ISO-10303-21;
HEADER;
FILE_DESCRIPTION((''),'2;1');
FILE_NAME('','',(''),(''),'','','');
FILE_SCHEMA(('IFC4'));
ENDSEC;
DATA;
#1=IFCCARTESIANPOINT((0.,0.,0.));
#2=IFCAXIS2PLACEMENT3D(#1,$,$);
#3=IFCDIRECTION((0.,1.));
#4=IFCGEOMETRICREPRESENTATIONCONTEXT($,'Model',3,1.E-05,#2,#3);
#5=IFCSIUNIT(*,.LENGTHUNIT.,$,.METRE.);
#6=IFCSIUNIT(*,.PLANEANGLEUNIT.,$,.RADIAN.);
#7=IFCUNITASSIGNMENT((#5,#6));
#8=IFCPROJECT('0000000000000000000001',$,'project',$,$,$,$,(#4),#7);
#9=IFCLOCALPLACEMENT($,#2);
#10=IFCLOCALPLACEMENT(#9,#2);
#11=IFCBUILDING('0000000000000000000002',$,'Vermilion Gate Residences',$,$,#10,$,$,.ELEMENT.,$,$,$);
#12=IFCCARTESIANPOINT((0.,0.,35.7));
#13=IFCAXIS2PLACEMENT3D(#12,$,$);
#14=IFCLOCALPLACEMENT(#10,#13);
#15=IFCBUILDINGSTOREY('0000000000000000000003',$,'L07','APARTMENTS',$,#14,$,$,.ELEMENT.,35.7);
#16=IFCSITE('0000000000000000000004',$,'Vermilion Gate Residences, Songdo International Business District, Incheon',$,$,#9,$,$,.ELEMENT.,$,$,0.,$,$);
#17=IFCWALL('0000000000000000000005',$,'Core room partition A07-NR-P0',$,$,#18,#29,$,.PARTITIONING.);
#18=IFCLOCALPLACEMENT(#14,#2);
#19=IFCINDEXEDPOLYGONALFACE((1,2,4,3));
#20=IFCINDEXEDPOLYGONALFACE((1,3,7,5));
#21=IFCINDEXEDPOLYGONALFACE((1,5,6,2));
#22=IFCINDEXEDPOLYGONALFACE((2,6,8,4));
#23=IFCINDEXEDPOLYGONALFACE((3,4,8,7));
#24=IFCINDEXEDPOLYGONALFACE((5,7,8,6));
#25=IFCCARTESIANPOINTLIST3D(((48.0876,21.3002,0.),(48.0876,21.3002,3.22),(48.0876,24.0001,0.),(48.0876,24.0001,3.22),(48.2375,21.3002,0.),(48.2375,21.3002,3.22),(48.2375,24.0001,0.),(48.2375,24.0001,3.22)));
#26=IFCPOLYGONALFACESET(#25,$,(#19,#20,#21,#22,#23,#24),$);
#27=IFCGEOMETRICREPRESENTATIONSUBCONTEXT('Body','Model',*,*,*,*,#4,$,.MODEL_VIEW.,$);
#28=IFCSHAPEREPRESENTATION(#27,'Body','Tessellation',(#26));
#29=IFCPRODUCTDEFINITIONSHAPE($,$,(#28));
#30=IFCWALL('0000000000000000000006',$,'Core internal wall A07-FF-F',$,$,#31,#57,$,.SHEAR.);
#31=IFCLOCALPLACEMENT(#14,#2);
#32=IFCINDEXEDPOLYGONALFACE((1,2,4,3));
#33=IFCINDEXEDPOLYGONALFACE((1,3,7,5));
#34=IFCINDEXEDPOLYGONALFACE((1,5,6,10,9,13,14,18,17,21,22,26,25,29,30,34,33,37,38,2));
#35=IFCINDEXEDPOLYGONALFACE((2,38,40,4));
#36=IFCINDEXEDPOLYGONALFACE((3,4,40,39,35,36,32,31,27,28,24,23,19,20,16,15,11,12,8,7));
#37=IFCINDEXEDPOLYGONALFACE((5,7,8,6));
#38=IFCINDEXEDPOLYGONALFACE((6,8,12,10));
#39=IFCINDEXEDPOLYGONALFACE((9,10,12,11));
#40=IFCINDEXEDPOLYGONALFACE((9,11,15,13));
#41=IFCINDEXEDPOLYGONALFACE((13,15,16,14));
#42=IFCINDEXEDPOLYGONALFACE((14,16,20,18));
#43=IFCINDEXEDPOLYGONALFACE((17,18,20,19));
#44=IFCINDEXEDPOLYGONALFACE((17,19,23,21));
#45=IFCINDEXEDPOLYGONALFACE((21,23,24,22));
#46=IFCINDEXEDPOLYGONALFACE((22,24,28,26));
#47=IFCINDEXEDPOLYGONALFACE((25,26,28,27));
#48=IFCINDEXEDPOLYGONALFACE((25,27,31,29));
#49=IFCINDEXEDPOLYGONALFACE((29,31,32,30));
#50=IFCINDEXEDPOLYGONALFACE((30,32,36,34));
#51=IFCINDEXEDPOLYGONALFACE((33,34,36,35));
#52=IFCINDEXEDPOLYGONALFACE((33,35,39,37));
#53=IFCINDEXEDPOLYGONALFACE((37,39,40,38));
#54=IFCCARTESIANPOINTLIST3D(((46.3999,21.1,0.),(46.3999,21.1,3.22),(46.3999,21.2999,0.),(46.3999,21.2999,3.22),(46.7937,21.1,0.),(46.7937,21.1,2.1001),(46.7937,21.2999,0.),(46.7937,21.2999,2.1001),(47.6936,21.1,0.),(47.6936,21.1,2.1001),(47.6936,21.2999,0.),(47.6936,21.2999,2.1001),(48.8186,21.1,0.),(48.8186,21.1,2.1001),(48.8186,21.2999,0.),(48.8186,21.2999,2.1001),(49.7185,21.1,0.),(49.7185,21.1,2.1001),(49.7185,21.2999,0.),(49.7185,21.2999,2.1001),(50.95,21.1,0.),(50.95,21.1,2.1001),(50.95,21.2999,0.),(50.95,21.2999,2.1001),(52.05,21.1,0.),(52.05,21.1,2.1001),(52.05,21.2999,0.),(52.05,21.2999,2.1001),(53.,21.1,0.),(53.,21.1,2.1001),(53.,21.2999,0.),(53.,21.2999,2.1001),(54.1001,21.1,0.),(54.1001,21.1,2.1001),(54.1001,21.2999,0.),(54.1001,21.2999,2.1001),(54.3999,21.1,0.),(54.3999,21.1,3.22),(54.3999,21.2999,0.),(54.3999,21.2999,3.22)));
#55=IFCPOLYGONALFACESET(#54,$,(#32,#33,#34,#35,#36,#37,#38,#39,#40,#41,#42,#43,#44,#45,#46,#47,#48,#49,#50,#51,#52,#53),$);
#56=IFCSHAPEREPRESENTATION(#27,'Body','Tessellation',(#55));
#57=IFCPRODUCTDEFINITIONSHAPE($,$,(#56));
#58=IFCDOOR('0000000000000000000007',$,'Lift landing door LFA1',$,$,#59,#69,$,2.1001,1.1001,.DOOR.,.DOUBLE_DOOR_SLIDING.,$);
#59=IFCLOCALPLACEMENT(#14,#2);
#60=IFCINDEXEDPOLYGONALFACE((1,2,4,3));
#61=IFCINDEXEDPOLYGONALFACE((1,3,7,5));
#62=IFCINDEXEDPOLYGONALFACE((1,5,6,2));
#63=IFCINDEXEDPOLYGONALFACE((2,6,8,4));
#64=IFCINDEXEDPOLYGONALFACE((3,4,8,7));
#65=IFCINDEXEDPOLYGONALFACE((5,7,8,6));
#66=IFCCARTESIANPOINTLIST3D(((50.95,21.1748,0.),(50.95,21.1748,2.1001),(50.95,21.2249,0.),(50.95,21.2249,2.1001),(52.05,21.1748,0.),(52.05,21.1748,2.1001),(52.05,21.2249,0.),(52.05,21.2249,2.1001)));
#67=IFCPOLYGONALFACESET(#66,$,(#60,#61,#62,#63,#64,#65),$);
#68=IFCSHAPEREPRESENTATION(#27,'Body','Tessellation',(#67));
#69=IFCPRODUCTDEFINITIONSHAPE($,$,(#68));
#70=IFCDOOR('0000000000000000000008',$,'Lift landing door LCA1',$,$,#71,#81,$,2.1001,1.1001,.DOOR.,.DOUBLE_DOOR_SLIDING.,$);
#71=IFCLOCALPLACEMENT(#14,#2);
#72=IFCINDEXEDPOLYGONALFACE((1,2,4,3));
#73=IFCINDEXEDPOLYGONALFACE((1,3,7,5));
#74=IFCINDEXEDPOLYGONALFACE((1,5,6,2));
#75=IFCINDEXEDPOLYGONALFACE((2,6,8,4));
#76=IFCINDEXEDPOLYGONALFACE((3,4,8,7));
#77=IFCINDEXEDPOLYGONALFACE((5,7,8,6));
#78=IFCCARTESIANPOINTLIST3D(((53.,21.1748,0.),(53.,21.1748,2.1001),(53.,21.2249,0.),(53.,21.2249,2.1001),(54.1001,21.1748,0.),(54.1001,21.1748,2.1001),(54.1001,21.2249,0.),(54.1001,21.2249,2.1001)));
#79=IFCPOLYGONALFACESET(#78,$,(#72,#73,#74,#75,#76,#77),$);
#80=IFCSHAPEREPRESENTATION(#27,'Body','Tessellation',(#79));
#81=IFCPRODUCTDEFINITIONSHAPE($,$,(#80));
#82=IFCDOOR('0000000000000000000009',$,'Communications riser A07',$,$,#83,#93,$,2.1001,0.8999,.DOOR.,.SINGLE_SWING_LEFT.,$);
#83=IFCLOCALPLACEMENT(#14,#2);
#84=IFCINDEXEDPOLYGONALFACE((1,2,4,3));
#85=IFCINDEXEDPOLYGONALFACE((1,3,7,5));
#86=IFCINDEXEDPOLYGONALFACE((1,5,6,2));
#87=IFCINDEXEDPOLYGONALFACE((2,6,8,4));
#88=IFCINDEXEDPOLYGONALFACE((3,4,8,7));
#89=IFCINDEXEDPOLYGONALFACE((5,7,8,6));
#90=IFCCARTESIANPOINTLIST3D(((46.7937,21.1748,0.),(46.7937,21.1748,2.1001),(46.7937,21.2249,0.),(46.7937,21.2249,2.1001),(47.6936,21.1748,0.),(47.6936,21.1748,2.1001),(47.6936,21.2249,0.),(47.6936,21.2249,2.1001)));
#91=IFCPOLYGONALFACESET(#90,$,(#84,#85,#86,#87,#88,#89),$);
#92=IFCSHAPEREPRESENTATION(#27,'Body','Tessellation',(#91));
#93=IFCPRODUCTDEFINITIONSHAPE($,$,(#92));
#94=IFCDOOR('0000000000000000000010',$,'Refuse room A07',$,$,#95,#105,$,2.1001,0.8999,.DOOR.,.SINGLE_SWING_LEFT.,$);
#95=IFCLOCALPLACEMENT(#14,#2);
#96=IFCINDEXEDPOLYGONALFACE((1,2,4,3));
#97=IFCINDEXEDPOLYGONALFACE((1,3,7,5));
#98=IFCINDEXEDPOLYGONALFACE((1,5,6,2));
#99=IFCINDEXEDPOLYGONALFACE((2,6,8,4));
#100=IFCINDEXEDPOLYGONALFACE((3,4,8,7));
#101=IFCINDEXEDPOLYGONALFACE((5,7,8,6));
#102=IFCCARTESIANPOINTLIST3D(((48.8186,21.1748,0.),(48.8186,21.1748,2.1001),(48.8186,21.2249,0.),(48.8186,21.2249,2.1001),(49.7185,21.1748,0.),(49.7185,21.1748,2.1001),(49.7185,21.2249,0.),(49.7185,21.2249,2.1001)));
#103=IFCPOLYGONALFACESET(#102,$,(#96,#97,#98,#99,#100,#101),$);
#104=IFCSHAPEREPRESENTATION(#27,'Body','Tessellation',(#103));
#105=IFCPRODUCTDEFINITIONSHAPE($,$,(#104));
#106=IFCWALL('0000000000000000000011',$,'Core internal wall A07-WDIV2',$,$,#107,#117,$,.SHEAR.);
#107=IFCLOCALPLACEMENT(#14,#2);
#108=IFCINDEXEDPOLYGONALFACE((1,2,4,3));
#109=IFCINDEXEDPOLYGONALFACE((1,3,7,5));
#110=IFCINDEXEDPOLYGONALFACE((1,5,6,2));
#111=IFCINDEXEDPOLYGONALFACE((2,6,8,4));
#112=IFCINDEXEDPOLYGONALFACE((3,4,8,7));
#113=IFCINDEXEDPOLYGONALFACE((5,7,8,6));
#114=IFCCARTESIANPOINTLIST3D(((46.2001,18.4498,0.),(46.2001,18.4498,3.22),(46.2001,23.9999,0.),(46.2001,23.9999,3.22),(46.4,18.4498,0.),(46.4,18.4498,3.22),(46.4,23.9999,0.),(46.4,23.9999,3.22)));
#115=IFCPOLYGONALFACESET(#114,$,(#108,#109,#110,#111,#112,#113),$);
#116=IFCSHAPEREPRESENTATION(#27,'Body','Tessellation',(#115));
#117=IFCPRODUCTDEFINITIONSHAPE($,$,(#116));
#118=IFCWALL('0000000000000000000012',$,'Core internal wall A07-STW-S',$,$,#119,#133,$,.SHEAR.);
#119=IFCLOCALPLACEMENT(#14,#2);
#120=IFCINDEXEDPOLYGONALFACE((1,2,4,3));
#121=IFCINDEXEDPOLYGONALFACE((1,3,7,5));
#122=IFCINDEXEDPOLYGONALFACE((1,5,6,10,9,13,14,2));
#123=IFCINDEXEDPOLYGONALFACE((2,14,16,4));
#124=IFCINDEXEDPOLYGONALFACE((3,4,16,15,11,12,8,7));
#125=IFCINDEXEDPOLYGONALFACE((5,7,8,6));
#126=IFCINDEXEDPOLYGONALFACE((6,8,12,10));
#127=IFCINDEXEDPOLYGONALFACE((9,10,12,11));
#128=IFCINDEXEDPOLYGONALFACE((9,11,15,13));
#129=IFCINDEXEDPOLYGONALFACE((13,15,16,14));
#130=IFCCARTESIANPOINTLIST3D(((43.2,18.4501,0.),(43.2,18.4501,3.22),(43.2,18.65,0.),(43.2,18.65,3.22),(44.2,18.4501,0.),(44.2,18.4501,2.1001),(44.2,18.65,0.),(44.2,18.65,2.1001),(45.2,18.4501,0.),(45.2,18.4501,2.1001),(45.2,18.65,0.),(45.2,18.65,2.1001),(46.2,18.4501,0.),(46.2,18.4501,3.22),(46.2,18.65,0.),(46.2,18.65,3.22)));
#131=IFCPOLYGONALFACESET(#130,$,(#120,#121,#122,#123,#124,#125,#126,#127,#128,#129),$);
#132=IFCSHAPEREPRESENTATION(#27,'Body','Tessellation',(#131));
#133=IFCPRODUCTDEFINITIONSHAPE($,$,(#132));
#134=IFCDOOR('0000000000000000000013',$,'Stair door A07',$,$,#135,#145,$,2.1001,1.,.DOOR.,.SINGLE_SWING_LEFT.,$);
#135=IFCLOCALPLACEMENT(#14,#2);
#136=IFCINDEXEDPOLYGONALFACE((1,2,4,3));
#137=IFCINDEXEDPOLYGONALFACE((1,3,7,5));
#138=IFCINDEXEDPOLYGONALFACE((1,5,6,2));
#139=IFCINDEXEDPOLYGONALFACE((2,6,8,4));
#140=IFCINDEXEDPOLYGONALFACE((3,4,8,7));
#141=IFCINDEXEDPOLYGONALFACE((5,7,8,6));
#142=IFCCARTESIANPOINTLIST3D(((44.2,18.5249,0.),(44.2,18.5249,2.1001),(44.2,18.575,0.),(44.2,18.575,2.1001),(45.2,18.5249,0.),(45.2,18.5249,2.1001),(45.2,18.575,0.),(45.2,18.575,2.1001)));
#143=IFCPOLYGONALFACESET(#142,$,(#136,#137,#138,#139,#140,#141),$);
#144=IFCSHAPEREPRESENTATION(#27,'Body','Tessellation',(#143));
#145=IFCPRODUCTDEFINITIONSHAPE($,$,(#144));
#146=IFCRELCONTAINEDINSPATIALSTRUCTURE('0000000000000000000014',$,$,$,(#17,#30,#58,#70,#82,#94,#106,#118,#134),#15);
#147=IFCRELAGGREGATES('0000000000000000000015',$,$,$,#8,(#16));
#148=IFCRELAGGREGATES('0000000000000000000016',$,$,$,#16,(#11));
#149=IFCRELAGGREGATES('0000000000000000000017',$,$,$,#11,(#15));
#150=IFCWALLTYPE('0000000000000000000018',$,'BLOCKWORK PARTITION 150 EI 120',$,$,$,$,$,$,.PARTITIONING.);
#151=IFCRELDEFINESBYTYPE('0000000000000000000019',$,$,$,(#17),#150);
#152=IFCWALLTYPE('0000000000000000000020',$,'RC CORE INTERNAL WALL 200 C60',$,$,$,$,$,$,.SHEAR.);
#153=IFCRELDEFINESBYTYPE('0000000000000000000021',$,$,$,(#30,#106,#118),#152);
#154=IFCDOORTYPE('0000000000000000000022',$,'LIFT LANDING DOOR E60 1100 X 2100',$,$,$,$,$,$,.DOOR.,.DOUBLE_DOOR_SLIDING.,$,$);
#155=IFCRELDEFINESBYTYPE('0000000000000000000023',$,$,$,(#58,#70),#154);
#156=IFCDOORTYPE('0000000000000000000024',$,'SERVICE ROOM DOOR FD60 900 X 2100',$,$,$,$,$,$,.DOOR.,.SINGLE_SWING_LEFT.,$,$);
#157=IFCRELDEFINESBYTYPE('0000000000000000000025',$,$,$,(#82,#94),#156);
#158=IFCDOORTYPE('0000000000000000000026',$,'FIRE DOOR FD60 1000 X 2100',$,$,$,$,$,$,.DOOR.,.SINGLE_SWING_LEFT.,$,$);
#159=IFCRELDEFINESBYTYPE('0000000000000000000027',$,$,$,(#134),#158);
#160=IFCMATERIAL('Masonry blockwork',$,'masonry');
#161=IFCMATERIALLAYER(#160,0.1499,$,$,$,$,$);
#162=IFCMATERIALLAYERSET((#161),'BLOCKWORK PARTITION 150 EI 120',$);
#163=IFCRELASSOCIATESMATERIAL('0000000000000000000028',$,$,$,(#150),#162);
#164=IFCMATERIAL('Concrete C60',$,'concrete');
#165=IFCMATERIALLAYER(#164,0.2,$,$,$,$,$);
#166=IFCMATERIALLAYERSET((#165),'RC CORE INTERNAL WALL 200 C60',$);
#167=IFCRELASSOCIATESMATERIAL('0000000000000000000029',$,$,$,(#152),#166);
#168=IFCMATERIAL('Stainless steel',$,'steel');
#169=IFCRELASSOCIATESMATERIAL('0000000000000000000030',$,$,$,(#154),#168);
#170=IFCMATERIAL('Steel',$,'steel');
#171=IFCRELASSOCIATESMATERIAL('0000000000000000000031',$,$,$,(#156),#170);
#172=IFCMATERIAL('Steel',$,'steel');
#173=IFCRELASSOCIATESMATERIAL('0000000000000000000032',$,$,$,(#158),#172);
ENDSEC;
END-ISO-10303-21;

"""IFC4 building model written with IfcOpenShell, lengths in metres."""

from ifc_helpers import new_model, si_unit, direction, frame, frame_2d, origin, place, context, subcontext, project, spatial, rectangle, extrude, material, layer, layer_set, type_object, element, fill, save


model = new_model("IFC4")

# Units and contexts
model_context = context("Model", 3, precision=1e-05, world=origin(), true_north=direction((0.0, 1.0)))
body_context = subcontext(model_context, "Body", "Model", "MODEL_VIEW")
ifc_project = project(units=[si_unit("LENGTHUNIT", "METRE"), si_unit("PLANEANGLEUNIT", "RADIAN")], contexts=[model_context])

# Site, building, storey
site_placement = place(None, origin())
site = spatial("IfcSite", under=ifc_project, at=site_placement, Name="Vermilion Gate Residences, Songdo International Business District, Incheon", CompositionType="ELEMENT", RefElevation=0.0)
building_placement = place(site_placement, origin())
building = spatial("IfcBuilding", under=site, at=building_placement, Name="Vermilion Gate Residences", CompositionType="ELEMENT")
storey_placement = place(building_placement, frame((0.0, 0.0, 35.7)))
storey = spatial("IfcBuildingStorey", under=building, at=storey_placement, Name="L07", Description="APARTMENTS", CompositionType="ELEMENT", Elevation=35.7)

# Wall
ifc_material_1 = material(Name="Masonry blockwork", Category="masonry")
ifc_layer_1 = layer(ifc_material_1, 0.1499)
ifc_layer_set_1 = layer_set([ifc_layer_1], Name="BLOCKWORK PARTITION 150 EI 120")
wall_type_1 = type_object("IfcWallType", Name="BLOCKWORK PARTITION 150 EI 120", PredefinedType="PARTITIONING", material=ifc_layer_set_1)
wall_1_placement = place(storey_placement, frame((48.1626, 21.3, 0.0), z_axis=(0.0, 0.0, 1.0), x_axis=(0.0, 1.0, 0.0)))
element("IfcWall", 1, at=wall_1_placement, inside=storey, type_object=wall_type_1, Name="Core room partition A07-NR-P0", PredefinedType="PARTITIONING", context=body_context, shape_type="SweptSolid", body=[
    extrude(rectangle(XDim=2.7, YDim=0.1499, at=frame_2d((1.3501, 0.0))), origin(), (0.0, 0.0, 1.0), 3.22),
])

# Wall, openings, doors
ifc_material_2 = material(Name="Concrete C60", Category="concrete")
ifc_layer_2 = layer(ifc_material_2, 0.2)
ifc_layer_set_2 = layer_set([ifc_layer_2], Name="RC CORE INTERNAL WALL 200 C60")
wall_type_2 = type_object("IfcWallType", Name="RC CORE INTERNAL WALL 200 C60", PredefinedType="SHEAR", material=ifc_layer_set_2)
wall_2_placement = place(storey_placement, frame((46.3999, 21.2, 0.0), z_axis=(0.0, 0.0, 1.0), x_axis=(1.0, 0.0, 0.0)))
wall_2 = element("IfcWall", 2, at=wall_2_placement, inside=storey, type_object=wall_type_2, Name="Core internal wall A07-FF-F", PredefinedType="SHEAR", context=body_context, shape_type="SweptSolid", body=[
    extrude(rectangle(XDim=8.0, YDim=0.2, at=frame_2d((4.0, 0.0))), origin(), (0.0, 0.0, 1.0), 3.22),
])
opening_1_placement = place(wall_2_placement, frame((0.3938, 0.0, 0.0)))
opening_1 = element("IfcOpeningElement", 3, at=opening_1_placement, cuts=wall_2, PredefinedType="OPENING", context=body_context, shape_type="SweptSolid", body=[
    extrude(rectangle(XDim=0.8999, YDim=2.1001, at=frame_2d((0.45, 1.05))), frame((0.0, 0.1099, 0.0), z_axis=(0.0, -1.0, 0.0), x_axis=(1.0, 0.0, 0.0)), (0.0, 0.0, 1.0), 0.22),
])
opening_2_placement = place(wall_2_placement, frame((2.4187, 0.0, 0.0)))
opening_2 = element("IfcOpeningElement", 4, at=opening_2_placement, cuts=wall_2, PredefinedType="OPENING", context=body_context, shape_type="SweptSolid", body=[
    extrude(rectangle(XDim=0.8999, YDim=2.1001, at=frame_2d((0.45, 1.05))), frame((0.0, 0.1099, 0.0), z_axis=(0.0, -1.0, 0.0), x_axis=(1.0, 0.0, 0.0)), (0.0, 0.0, 1.0), 0.22),
])
opening_3_placement = place(wall_2_placement, frame((4.55, 0.0, 0.0)))
opening_3 = element("IfcOpeningElement", 5, at=opening_3_placement, cuts=wall_2, PredefinedType="OPENING", context=body_context, shape_type="SweptSolid", body=[
    extrude(rectangle(XDim=1.1001, YDim=2.1001, at=frame_2d((0.55, 1.05))), frame((0.0, 0.1099, 0.0), z_axis=(0.0, -1.0, 0.0), x_axis=(1.0, 0.0, 0.0)), (0.0, 0.0, 1.0), 0.22),
])
opening_4_placement = place(wall_2_placement, frame((6.6001, 0.0, 0.0)))
opening_4 = element("IfcOpeningElement", 6, at=opening_4_placement, cuts=wall_2, PredefinedType="OPENING", context=body_context, shape_type="SweptSolid", body=[
    extrude(rectangle(XDim=1.1001, YDim=2.1001, at=frame_2d((0.55, 1.05))), frame((0.0, 0.1099, 0.0), z_axis=(0.0, -1.0, 0.0), x_axis=(1.0, 0.0, 0.0)), (0.0, 0.0, 1.0), 0.22),
])
ifc_material_3 = material(Name="Stainless steel", Category="steel")
door_type_1 = type_object("IfcDoorType", Name="LIFT LANDING DOOR E60 1100 X 2100", OperationType="DOUBLE_DOOR_SLIDING", PredefinedType="DOOR", material=ifc_material_3)
door_1_placement = place(opening_3_placement, origin())
door_1 = element("IfcDoor", 7, at=door_1_placement, inside=storey, type_object=door_type_1, Name="Lift landing door LFA1", OperationType="DOUBLE_DOOR_SLIDING", OverallHeight=2.1001, OverallWidth=1.1001, PredefinedType="DOOR", context=body_context, shape_type="SweptSolid", body=[
    extrude(rectangle(XDim=1.1001, YDim=2.1001, at=frame_2d((0.55, 1.05))), frame((0.0, 0.0249, 0.0), z_axis=(0.0, -1.0, 0.0), x_axis=(1.0, 0.0, 0.0)), (0.0, 0.0, 1.0), 0.05),
])
fill(opening_3, door_1)
door_2_placement = place(opening_4_placement, origin())
door_2 = element("IfcDoor", 8, at=door_2_placement, inside=storey, type_object=door_type_1, Name="Lift landing door LCA1", OperationType="DOUBLE_DOOR_SLIDING", OverallHeight=2.1001, OverallWidth=1.1001, PredefinedType="DOOR", context=body_context, shape_type="SweptSolid", body=[
    extrude(rectangle(XDim=1.1001, YDim=2.1001, at=frame_2d((0.55, 1.05))), frame((0.0, 0.0249, 0.0), z_axis=(0.0, -1.0, 0.0), x_axis=(1.0, 0.0, 0.0)), (0.0, 0.0, 1.0), 0.05),
])
fill(opening_4, door_2)
ifc_material_4 = material(Name="Steel", Category="steel")
door_type_2 = type_object("IfcDoorType", Name="SERVICE ROOM DOOR FD60 900 X 2100", OperationType="SINGLE_SWING_LEFT", PredefinedType="DOOR", material=ifc_material_4)
door_3_placement = place(opening_1_placement, origin())
door_3 = element("IfcDoor", 9, at=door_3_placement, inside=storey, type_object=door_type_2, Name="Communications riser A07", OperationType="SINGLE_SWING_LEFT", OverallHeight=2.1001, OverallWidth=0.8999, PredefinedType="DOOR", context=body_context, shape_type="SweptSolid", body=[
    extrude(rectangle(XDim=0.8999, YDim=2.1001, at=frame_2d((0.45, 1.05))), frame((0.0, 0.0249, 0.0), z_axis=(0.0, -1.0, 0.0), x_axis=(1.0, 0.0, 0.0)), (0.0, 0.0, 1.0), 0.05),
])
fill(opening_1, door_3)
door_4_placement = place(opening_2_placement, origin())
door_4 = element("IfcDoor", 10, at=door_4_placement, inside=storey, type_object=door_type_2, Name="Refuse room A07", OperationType="SINGLE_SWING_LEFT", OverallHeight=2.1001, OverallWidth=0.8999, PredefinedType="DOOR", context=body_context, shape_type="SweptSolid", body=[
    extrude(rectangle(XDim=0.8999, YDim=2.1001, at=frame_2d((0.45, 1.05))), frame((0.0, 0.0249, 0.0), z_axis=(0.0, -1.0, 0.0), x_axis=(1.0, 0.0, 0.0)), (0.0, 0.0, 1.0), 0.05),
])
fill(opening_2, door_4)

# Wall
wall_3_placement = place(storey_placement, frame((46.3, 18.45, 0.0), z_axis=(0.0, 0.0, 1.0), x_axis=(0.0, 1.0, 0.0)))
element("IfcWall", 11, at=wall_3_placement, inside=storey, type_object=wall_type_2, Name="Core internal wall A07-WDIV2", PredefinedType="SHEAR", context=body_context, shape_type="SweptSolid", body=[
    extrude(rectangle(XDim=5.55, YDim=0.2, at=frame_2d((2.7749, 0.0))), origin(), (0.0, 0.0, 1.0), 3.22),
])

# Wall, opening, door
wall_4_placement = place(storey_placement, frame((43.2, 18.55, 0.0), z_axis=(0.0, 0.0, 1.0), x_axis=(1.0, 0.0, 0.0)))
wall_4 = element("IfcWall", 12, at=wall_4_placement, inside=storey, type_object=wall_type_2, Name="Core internal wall A07-STW-S", PredefinedType="SHEAR", context=body_context, shape_type="SweptSolid", body=[
    extrude(rectangle(XDim=3.0, YDim=0.2, at=frame_2d((1.5, 0.0))), origin(), (0.0, 0.0, 1.0), 3.22),
])
opening_5_placement = place(wall_4_placement, frame((1.0, 0.0, 0.0)))
opening_5 = element("IfcOpeningElement", 13, at=opening_5_placement, cuts=wall_4, PredefinedType="OPENING", context=body_context, shape_type="SweptSolid", body=[
    extrude(rectangle(XDim=1.0, YDim=2.1001, at=frame_2d((0.5, 1.05))), frame((0.0, 0.1099, 0.0), z_axis=(0.0, -1.0, 0.0), x_axis=(1.0, 0.0, 0.0)), (0.0, 0.0, 1.0), 0.22),
])
ifc_material_5 = material(Name="Steel", Category="steel")
door_type_3 = type_object("IfcDoorType", Name="FIRE DOOR FD60 1000 X 2100", OperationType="SINGLE_SWING_LEFT", PredefinedType="DOOR", material=ifc_material_5)
door_5_placement = place(opening_5_placement, origin())
door_5 = element("IfcDoor", 14, at=door_5_placement, inside=storey, type_object=door_type_3, Name="Stair door A07", OperationType="SINGLE_SWING_LEFT", OverallHeight=2.1001, OverallWidth=1.0, PredefinedType="DOOR", context=body_context, shape_type="SweptSolid", body=[
    extrude(rectangle(XDim=1.0, YDim=2.1001, at=frame_2d((0.5, 1.05))), frame((0.0, 0.0249, 0.0), z_axis=(0.0, -1.0, 0.0), x_axis=(1.0, 0.0, 0.0)), (0.0, 0.0, 1.0), 0.05),
])
fill(opening_5, door_5)

save(model, "model.ifc")
